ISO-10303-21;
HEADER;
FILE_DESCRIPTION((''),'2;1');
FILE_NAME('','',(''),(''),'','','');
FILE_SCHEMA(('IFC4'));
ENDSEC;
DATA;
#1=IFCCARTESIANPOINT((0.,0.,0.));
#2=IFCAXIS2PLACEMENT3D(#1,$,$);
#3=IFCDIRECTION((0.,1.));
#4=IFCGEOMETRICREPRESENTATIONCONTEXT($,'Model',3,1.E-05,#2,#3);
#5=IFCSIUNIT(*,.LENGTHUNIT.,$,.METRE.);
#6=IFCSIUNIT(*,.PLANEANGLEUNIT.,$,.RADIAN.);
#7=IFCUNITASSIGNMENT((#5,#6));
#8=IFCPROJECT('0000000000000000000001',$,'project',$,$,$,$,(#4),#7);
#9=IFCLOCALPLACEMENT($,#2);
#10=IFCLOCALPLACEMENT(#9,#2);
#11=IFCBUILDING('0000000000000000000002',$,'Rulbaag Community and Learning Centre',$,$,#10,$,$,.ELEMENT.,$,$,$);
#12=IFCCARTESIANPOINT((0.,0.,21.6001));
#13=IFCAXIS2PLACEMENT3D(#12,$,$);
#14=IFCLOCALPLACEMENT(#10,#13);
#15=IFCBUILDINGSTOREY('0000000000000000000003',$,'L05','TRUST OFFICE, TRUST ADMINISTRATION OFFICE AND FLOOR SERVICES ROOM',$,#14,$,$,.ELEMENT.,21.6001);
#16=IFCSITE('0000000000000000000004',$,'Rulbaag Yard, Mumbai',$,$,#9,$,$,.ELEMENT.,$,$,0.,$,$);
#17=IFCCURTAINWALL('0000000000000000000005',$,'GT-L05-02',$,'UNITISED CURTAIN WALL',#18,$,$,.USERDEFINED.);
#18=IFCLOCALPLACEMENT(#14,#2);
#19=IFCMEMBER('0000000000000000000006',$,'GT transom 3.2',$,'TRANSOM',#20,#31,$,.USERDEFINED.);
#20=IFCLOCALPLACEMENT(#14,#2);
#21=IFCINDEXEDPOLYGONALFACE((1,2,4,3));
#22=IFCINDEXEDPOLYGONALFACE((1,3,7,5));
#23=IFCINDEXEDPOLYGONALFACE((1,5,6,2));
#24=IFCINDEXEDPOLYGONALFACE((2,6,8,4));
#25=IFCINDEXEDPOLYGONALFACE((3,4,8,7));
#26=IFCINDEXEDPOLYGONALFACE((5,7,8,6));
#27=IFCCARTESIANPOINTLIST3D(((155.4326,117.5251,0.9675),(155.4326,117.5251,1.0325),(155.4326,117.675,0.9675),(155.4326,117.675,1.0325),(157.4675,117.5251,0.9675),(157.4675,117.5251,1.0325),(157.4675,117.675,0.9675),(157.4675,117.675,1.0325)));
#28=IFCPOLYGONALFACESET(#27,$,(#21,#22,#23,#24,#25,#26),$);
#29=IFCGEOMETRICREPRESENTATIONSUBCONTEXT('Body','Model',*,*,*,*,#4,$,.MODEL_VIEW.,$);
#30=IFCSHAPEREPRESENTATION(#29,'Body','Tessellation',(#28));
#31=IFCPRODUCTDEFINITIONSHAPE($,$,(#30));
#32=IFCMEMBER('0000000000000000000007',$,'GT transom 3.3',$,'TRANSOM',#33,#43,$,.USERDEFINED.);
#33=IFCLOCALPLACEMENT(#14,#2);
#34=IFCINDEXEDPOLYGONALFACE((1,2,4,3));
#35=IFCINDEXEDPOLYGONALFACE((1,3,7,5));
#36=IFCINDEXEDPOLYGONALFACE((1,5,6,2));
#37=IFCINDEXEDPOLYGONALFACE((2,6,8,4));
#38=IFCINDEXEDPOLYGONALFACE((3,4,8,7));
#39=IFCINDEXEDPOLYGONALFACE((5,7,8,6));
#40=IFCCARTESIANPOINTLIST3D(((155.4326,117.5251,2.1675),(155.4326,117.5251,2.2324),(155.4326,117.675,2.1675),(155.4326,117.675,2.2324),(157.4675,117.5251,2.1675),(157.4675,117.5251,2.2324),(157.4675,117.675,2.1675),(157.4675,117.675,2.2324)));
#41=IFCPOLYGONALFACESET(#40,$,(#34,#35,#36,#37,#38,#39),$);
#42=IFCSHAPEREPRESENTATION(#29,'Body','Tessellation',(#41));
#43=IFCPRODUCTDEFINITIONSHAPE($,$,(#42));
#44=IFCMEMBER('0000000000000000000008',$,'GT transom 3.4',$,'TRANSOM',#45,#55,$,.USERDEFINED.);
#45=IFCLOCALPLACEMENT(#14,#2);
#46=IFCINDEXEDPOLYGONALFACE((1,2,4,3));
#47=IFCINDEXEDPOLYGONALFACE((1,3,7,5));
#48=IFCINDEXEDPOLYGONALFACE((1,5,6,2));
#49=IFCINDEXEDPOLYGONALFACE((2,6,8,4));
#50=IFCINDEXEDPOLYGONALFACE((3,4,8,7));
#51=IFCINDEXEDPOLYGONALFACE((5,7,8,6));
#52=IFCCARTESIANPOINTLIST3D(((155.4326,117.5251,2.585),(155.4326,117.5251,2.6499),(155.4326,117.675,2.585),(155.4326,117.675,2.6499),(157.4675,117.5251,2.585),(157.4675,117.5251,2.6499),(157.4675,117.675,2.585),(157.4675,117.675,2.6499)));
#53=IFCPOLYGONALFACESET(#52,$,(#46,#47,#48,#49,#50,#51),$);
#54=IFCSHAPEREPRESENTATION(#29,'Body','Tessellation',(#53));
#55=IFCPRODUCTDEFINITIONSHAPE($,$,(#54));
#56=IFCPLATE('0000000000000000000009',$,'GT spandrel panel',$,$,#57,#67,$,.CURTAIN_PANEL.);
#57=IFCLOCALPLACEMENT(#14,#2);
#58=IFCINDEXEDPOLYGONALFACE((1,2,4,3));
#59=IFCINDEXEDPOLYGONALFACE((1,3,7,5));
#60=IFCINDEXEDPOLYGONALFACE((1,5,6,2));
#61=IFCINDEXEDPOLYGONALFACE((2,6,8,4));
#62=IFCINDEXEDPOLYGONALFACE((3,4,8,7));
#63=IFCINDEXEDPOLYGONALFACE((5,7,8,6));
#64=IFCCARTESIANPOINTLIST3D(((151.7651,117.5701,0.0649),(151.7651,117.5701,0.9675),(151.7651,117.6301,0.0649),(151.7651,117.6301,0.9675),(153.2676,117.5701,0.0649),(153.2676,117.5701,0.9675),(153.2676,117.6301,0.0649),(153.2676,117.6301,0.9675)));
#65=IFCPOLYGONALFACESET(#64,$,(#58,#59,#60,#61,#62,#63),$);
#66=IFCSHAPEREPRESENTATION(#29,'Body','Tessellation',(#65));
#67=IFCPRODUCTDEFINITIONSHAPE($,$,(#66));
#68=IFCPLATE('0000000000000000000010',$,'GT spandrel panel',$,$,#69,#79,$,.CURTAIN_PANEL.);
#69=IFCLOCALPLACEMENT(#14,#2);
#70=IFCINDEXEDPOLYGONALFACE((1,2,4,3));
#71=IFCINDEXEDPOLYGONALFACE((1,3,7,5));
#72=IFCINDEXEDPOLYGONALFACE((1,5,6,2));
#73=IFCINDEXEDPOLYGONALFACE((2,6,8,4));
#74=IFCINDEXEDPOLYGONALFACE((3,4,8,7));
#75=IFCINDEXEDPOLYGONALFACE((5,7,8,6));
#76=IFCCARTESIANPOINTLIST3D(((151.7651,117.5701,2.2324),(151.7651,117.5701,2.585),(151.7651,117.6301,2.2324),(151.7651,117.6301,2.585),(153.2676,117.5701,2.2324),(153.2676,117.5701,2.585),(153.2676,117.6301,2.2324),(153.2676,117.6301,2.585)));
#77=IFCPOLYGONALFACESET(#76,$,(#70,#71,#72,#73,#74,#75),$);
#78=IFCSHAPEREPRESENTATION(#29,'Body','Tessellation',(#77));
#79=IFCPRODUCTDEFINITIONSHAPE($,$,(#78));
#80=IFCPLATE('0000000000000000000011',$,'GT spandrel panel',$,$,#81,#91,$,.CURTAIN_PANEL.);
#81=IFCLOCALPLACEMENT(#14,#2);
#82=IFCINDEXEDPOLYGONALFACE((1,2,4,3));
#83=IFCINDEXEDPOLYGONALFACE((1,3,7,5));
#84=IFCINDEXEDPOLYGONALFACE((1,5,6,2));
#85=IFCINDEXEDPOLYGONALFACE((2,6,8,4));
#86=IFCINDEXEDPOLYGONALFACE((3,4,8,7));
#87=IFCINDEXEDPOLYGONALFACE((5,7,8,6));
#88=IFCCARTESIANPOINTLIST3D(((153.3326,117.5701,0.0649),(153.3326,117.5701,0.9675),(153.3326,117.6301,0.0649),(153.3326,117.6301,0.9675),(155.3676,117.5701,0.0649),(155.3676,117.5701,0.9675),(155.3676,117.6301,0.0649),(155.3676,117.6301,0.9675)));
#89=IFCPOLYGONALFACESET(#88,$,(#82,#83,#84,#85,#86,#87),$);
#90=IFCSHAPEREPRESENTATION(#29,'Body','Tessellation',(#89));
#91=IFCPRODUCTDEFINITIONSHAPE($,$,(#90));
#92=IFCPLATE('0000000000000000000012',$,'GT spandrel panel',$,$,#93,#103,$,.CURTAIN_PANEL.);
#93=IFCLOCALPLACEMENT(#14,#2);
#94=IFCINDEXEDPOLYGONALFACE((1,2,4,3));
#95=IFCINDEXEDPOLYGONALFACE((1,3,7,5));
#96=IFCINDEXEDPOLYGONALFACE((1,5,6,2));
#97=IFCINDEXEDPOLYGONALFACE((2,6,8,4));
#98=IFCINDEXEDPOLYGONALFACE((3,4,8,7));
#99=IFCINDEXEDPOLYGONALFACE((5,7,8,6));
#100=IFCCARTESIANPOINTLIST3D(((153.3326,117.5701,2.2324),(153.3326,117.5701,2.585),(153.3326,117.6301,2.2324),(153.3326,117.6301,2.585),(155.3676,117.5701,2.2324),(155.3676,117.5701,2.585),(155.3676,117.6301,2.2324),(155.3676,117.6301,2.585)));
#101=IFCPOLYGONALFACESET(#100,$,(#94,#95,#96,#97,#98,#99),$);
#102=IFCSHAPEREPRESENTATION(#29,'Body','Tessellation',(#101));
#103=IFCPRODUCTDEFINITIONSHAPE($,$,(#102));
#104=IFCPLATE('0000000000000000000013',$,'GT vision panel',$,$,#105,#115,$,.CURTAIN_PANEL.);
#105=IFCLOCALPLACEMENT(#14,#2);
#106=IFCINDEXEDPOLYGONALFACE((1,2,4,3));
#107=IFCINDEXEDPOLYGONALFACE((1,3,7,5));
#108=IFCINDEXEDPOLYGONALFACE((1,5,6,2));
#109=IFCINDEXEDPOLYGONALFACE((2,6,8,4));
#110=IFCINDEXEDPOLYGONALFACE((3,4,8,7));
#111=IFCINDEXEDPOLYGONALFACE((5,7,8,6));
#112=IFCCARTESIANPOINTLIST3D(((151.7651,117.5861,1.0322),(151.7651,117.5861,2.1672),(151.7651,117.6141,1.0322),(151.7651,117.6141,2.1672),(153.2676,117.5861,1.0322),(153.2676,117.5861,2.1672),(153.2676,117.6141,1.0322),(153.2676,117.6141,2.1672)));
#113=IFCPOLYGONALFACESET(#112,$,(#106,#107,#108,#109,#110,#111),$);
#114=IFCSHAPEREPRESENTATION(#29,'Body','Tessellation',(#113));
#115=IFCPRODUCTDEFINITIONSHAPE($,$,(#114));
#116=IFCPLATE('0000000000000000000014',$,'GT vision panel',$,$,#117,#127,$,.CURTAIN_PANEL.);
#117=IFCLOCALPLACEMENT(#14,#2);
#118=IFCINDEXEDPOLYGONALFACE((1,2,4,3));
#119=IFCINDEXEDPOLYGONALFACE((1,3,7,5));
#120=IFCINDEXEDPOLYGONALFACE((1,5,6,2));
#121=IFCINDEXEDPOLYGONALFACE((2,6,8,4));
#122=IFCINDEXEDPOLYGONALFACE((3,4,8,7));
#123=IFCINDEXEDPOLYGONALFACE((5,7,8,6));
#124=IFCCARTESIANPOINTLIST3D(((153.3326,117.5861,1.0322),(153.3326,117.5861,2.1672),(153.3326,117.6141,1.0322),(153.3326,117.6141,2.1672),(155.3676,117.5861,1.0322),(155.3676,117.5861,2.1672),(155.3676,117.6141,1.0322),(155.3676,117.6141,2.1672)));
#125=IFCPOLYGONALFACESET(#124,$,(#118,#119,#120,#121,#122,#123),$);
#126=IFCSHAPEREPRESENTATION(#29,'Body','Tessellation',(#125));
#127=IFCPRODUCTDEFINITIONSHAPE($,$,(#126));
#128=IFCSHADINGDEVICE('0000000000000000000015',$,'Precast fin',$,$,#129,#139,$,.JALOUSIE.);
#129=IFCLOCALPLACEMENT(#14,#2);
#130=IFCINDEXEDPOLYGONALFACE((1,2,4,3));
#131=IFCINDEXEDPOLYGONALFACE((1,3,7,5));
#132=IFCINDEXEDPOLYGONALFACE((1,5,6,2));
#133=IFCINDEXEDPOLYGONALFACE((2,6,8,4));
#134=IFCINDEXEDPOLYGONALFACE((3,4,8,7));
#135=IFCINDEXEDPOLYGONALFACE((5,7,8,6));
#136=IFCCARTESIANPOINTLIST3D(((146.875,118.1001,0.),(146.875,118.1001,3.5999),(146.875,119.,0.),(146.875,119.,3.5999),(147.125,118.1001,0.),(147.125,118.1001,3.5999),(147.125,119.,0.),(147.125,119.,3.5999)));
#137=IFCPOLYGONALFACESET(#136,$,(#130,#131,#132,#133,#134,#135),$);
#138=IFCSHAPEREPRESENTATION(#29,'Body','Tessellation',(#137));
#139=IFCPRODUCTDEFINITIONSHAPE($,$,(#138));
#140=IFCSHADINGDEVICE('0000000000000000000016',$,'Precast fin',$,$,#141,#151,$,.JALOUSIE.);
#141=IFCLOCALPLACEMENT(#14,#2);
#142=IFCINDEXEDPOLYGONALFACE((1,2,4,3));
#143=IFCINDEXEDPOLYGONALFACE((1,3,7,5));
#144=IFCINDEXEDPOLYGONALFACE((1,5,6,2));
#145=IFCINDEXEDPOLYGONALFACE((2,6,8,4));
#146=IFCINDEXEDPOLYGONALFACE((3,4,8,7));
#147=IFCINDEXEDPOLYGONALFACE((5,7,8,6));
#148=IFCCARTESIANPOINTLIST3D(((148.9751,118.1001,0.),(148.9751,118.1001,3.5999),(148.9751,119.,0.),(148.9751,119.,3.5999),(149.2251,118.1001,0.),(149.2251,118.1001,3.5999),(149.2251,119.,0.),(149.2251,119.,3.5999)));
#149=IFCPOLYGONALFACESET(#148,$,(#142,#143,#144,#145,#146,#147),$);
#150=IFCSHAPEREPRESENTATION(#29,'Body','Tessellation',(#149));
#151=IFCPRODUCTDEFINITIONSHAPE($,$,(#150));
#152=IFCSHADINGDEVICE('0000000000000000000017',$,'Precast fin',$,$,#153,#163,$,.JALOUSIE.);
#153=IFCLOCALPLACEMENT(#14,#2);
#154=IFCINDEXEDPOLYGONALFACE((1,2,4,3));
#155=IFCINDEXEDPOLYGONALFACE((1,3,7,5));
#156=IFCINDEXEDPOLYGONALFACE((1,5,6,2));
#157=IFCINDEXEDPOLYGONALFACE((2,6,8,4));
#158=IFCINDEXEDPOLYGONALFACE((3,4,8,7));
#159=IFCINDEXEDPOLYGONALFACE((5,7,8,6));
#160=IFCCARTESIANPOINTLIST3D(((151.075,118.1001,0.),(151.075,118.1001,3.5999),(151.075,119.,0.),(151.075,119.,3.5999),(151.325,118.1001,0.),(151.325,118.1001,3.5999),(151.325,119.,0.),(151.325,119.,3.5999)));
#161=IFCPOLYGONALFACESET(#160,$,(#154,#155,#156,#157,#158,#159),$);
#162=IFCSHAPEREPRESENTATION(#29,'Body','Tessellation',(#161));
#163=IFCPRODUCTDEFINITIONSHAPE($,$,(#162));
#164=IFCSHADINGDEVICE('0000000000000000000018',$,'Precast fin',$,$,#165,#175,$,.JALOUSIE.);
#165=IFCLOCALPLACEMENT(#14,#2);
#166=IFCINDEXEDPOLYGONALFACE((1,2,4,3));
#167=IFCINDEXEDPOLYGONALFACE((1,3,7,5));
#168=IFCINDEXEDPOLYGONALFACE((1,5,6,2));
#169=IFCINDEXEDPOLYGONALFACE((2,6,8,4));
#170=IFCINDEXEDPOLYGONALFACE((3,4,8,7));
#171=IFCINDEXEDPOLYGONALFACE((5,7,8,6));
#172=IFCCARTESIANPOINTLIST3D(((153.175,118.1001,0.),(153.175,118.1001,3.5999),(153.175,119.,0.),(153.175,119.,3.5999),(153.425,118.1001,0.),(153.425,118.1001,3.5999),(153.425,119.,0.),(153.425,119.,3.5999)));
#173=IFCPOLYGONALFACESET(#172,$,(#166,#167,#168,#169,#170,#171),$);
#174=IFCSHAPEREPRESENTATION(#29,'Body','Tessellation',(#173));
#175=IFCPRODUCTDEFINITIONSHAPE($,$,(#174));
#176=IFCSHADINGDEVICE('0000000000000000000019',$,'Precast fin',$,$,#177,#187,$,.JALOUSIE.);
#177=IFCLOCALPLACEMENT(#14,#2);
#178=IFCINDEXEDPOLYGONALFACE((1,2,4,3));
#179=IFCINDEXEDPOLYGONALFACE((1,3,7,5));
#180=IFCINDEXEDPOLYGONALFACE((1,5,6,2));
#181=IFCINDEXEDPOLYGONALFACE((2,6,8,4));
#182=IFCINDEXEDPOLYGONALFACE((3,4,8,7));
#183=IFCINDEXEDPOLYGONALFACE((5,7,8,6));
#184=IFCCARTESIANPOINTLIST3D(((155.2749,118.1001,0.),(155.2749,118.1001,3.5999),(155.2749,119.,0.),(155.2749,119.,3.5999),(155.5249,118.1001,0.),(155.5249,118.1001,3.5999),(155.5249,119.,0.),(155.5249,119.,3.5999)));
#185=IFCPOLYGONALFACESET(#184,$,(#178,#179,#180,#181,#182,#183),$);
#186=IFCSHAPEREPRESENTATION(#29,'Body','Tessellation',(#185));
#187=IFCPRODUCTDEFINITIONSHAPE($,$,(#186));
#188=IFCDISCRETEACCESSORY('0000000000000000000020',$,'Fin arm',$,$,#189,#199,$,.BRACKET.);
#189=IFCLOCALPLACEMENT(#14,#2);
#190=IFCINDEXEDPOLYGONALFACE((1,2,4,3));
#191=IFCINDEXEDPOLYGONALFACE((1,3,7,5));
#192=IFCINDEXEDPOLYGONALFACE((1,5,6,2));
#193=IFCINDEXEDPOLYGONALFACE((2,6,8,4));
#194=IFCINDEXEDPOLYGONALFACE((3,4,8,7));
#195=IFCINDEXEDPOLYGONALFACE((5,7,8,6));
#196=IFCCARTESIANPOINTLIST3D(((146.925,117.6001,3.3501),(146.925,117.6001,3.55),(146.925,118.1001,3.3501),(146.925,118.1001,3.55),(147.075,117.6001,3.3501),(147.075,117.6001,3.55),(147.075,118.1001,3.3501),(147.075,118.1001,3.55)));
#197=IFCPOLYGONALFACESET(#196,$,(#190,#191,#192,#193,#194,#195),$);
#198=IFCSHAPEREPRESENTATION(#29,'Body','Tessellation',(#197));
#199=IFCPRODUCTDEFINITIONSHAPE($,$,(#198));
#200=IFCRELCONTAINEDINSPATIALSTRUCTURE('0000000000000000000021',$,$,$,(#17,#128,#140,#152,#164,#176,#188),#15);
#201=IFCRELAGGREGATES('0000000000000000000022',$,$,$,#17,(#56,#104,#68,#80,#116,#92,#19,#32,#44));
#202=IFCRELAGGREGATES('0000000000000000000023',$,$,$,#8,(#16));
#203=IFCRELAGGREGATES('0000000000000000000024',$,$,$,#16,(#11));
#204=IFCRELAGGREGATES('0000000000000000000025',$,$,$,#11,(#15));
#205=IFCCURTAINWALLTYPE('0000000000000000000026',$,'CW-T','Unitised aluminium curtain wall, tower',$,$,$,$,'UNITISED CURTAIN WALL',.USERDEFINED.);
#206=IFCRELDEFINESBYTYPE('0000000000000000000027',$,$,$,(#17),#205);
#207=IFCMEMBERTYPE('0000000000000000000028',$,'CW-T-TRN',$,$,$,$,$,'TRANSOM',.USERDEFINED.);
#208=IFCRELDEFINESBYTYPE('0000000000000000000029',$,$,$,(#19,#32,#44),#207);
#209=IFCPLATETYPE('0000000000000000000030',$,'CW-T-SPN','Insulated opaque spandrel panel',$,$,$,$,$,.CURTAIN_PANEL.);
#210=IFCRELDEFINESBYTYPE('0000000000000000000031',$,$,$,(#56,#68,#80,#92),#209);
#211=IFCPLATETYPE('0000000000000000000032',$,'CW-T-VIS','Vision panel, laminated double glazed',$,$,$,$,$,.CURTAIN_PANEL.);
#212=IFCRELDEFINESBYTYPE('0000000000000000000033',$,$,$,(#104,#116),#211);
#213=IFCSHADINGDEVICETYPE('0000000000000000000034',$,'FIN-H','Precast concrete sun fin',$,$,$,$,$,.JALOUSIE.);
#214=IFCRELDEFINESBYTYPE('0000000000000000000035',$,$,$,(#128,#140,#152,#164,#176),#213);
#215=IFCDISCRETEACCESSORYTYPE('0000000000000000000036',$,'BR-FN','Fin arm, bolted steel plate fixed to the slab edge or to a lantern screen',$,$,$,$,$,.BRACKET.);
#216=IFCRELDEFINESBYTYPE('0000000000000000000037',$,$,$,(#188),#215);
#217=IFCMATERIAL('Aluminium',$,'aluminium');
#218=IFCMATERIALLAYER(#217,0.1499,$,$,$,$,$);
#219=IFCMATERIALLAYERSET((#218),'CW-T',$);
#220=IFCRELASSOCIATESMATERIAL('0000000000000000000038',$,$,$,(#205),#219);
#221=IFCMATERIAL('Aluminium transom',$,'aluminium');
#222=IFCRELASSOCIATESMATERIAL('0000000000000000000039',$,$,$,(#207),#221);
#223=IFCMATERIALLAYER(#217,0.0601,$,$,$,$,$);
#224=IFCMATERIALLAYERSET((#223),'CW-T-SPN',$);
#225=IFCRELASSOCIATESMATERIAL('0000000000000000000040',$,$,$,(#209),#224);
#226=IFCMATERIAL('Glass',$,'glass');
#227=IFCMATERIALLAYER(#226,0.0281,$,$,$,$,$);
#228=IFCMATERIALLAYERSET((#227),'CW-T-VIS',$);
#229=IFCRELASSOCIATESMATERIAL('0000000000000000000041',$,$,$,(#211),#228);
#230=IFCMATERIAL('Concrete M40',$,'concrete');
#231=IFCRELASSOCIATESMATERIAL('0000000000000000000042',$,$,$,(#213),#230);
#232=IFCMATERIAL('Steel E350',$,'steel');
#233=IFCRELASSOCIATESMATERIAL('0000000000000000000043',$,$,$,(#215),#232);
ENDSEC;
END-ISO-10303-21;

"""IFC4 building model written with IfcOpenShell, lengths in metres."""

from ifc_helpers import new_model, si_unit, direction, frame, origin, origin_2d, place, context, subcontext, project, spatial, rectangle, extrude, material, layer, layer_set, material_profile, profile_set, type_object, element, aggregate, save


model = new_model("IFC4")

# Units and contexts
model_context = context("Model", 3, precision=1e-05, world=origin(), true_north=direction((0.0, 1.0)))
body_context = subcontext(model_context, "Body", "Model", "MODEL_VIEW")
ifc_project = project(units=[si_unit("LENGTHUNIT", "METRE"), si_unit("PLANEANGLEUNIT", "RADIAN")], contexts=[model_context])

# Site, building, storey
site_placement = place(None, origin())
site = spatial("IfcSite", under=ifc_project, at=site_placement, Name="Rulbaag Yard, Mumbai", CompositionType="ELEMENT", RefElevation=0.0)
building_placement = place(site_placement, origin())
building = spatial("IfcBuilding", under=site, at=building_placement, Name="Rulbaag Community and Learning Centre", CompositionType="ELEMENT")
storey_placement = place(building_placement, frame((0.0, 0.0, 21.6001)))
storey = spatial("IfcBuildingStorey", under=building, at=storey_placement, Name="L05", Description="TRUST OFFICE, TRUST ADMINISTRATION OFFICE AND FLOOR SERVICES ROOM", CompositionType="ELEMENT", Elevation=21.6001)

# Shared definitions
ifc_material_1 = material(Name="Concrete M40", Category="concrete")

# Curtain wall, members, plates
ifc_material_2 = material(Name="Aluminium", Category="aluminium")
ifc_layer_1 = layer(ifc_material_2, 0.1499)
ifc_layer_set_1 = layer_set([ifc_layer_1], Name="CW-T")
curtain_wall_type = type_object("IfcCurtainWallType", Name="CW-T", Description="Unitised aluminium curtain wall, tower", ElementType="UNITISED CURTAIN WALL", PredefinedType="USERDEFINED", material=ifc_layer_set_1)
curtain_wall_placement = place(storey_placement, origin())
curtain_wall = element("IfcCurtainWall", 1, at=curtain_wall_placement, inside=storey, type_object=curtain_wall_type, Name="GT-L05-02", ObjectType="UNITISED CURTAIN WALL", PredefinedType="USERDEFINED")
ifc_material_3 = material(Name="Aluminium transom", Category="aluminium")
ifc_material_profile_1 = material_profile(ifc_material_3, rectangle(XDim=0.1499, YDim=0.0649, at=origin_2d()), Name="AL 65x150 T")
ifc_profile_set_1 = profile_set([ifc_material_profile_1], Name="Aluminium transom")
member_type_1 = type_object("IfcMemberType", Name="CW-T-TRN", ElementType="TRANSOM", PredefinedType="USERDEFINED", material=ifc_profile_set_1)
member_1_placement = place(storey_placement, frame((155.4326, 117.6001, 1.0), z_axis=(1.0, 0.0, 0.0), x_axis=(0.0, 1.0, 0.0)))
member_1 = element("IfcMember", 2, at=member_1_placement, type_object=member_type_1, Name="GT transom 3.2", ObjectType="TRANSOM", PredefinedType="USERDEFINED", context=body_context, shape_type="SweptSolid", body=[
    extrude(rectangle(XDim=0.1499, YDim=0.0649, at=origin_2d()), origin(), (0.0, 0.0, 1.0), 2.0349),
])
member_2_placement = place(storey_placement, frame((155.4326, 117.6001, 2.2), z_axis=(1.0, 0.0, 0.0), x_axis=(0.0, 1.0, 0.0)))
member_2 = element("IfcMember", 3, at=member_2_placement, type_object=member_type_1, Name="GT transom 3.3", ObjectType="TRANSOM", PredefinedType="USERDEFINED", context=body_context, shape_type="SweptSolid", body=[
    extrude(rectangle(XDim=0.1499, YDim=0.0649, at=origin_2d()), origin(), (0.0, 0.0, 1.0), 2.0349),
])
member_3_placement = place(storey_placement, frame((155.4326, 117.6001, 2.6174), z_axis=(1.0, 0.0, 0.0), x_axis=(0.0, 1.0, 0.0)))
member_3 = element("IfcMember", 4, at=member_3_placement, type_object=member_type_1, Name="GT transom 3.4", ObjectType="TRANSOM", PredefinedType="USERDEFINED", context=body_context, shape_type="SweptSolid", body=[
    extrude(rectangle(XDim=0.1499, YDim=0.0649, at=origin_2d()), origin(), (0.0, 0.0, 1.0), 2.0349),
])
ifc_layer_2 = layer(ifc_material_2, 0.0601)
ifc_layer_set_2 = layer_set([ifc_layer_2], Name="CW-T-SPN")
plate_type_1 = type_object("IfcPlateType", Name="CW-T-SPN", Description="Insulated opaque spandrel panel", PredefinedType="CURTAIN_PANEL", material=ifc_layer_set_2)
plate_1_placement = place(storey_placement, frame((152.5164, 117.6001, 0.0649), z_axis=(0.0, 0.0, 1.0), x_axis=(1.0, 0.0, 0.0)))
plate_1 = element("IfcPlate", 5, at=plate_1_placement, type_object=plate_type_1, Name="GT spandrel panel", PredefinedType="CURTAIN_PANEL", context=body_context, shape_type="SweptSolid", body=[
    extrude(rectangle(XDim=1.5024, YDim=0.0601, at=origin_2d()), origin(), (0.0, 0.0, 1.0), 0.9026),
])
plate_2_placement = place(storey_placement, frame((152.5164, 117.6001, 2.2324), z_axis=(0.0, 0.0, 1.0), x_axis=(1.0, 0.0, 0.0)))
plate_2 = element("IfcPlate", 6, at=plate_2_placement, type_object=plate_type_1, Name="GT spandrel panel", PredefinedType="CURTAIN_PANEL", context=body_context, shape_type="SweptSolid", body=[
    extrude(rectangle(XDim=1.5024, YDim=0.0601, at=origin_2d()), origin(), (0.0, 0.0, 1.0), 0.3525),
])
plate_3_placement = place(storey_placement, frame((154.3501, 117.6001, 0.0649), z_axis=(0.0, 0.0, 1.0), x_axis=(1.0, 0.0, 0.0)))
plate_3 = element("IfcPlate", 7, at=plate_3_placement, type_object=plate_type_1, Name="GT spandrel panel", PredefinedType="CURTAIN_PANEL", context=body_context, shape_type="SweptSolid", body=[
    extrude(rectangle(XDim=2.0349, YDim=0.0601, at=origin_2d()), origin(), (0.0, 0.0, 1.0), 0.9026),
])
plate_4_placement = place(storey_placement, frame((154.3501, 117.6001, 2.2324), z_axis=(0.0, 0.0, 1.0), x_axis=(1.0, 0.0, 0.0)))
plate_4 = element("IfcPlate", 8, at=plate_4_placement, type_object=plate_type_1, Name="GT spandrel panel", PredefinedType="CURTAIN_PANEL", context=body_context, shape_type="SweptSolid", body=[
    extrude(rectangle(XDim=2.0349, YDim=0.0601, at=origin_2d()), origin(), (0.0, 0.0, 1.0), 0.3525),
])
ifc_material_4 = material(Name="Glass", Category="glass")
ifc_layer_3 = layer(ifc_material_4, 0.0281)
ifc_layer_set_3 = layer_set([ifc_layer_3], Name="CW-T-VIS")
plate_type_2 = type_object("IfcPlateType", Name="CW-T-VIS", Description="Vision panel, laminated double glazed", PredefinedType="CURTAIN_PANEL", material=ifc_layer_set_3)
plate_5_placement = place(storey_placement, frame((152.5164, 117.6001, 1.0322), z_axis=(0.0, 0.0, 1.0), x_axis=(1.0, 0.0, 0.0)))
plate_5 = element("IfcPlate", 9, at=plate_5_placement, type_object=plate_type_2, Name="GT vision panel", PredefinedType="CURTAIN_PANEL", context=body_context, shape_type="SweptSolid", body=[
    extrude(rectangle(XDim=1.5024, YDim=0.0281, at=origin_2d()), origin(), (0.0, 0.0, 1.0), 1.135),
])
plate_6_placement = place(storey_placement, frame((154.3501, 117.6001, 1.0322), z_axis=(0.0, 0.0, 1.0), x_axis=(1.0, 0.0, 0.0)))
plate_6 = element("IfcPlate", 10, at=plate_6_placement, type_object=plate_type_2, Name="GT vision panel", PredefinedType="CURTAIN_PANEL", context=body_context, shape_type="SweptSolid", body=[
    extrude(rectangle(XDim=2.0349, YDim=0.0281, at=origin_2d()), origin(), (0.0, 0.0, 1.0), 1.135),
])
aggregate(curtain_wall, [plate_1, plate_5, plate_2, plate_3, plate_6, plate_4, member_1, member_2, member_3])

# Shading devices
ifc_material_profile_2 = material_profile(ifc_material_1, rectangle(XDim=0.25, YDim=0.8999, at=origin_2d()), Name="PC 250x900")
ifc_profile_set_2 = profile_set([ifc_material_profile_2], Name="Concrete M40")
shading_device_type = type_object("IfcShadingDeviceType", Name="FIN-H", Description="Precast concrete sun fin", PredefinedType="JALOUSIE", material=ifc_profile_set_2)
for number, where, z_axis, x_axis, name in (
    (11, (147.0, 118.55, 0.0), (0.0, 0.0, 1.0), (1.0, 0.0, 0.0), "Precast fin"),
    (12, (149.1001, 118.55, 0.0), (0.0, 0.0, 1.0), (1.0, 0.0, 0.0), "Precast fin"),
    (13, (151.2, 118.55, 0.0), (0.0, 0.0, 1.0), (1.0, 0.0, 0.0), "Precast fin"),
    (14, (153.3, 118.55, 0.0), (0.0, 0.0, 1.0), (1.0, 0.0, 0.0), "Precast fin"),
    (15, (155.3999, 118.55, 0.0), (0.0, 0.0, 1.0), (1.0, 0.0, 0.0), "Precast fin"),
):
    element("IfcShadingDevice", number, at=place(storey_placement, frame(where, z_axis=z_axis, x_axis=x_axis)), inside=storey, type_object=shading_device_type, Name=name, PredefinedType="JALOUSIE", context=body_context, shape_type="SweptSolid", body=[
        extrude(rectangle(XDim=0.25, YDim=0.8999, at=origin_2d()), origin(), (0.0, 0.0, 1.0), 3.5999),
    ])

# Discrete accessory
ifc_material_5 = material(Name="Steel E350", Category="steel")
discrete_accessory_type = type_object("IfcDiscreteAccessoryType", Name="BR-FN", Description="Fin arm, bolted steel plate fixed to the slab edge or to a lantern screen", PredefinedType="BRACKET", material=ifc_material_5)
for number, where, z_axis, x_axis, name in (
    (16, (147.0, 117.8501, 3.3501), (0.0, 0.0, 1.0), (1.0, 0.0, 0.0), "Fin arm"),
):
    element("IfcDiscreteAccessory", number, at=place(storey_placement, frame(where, z_axis=z_axis, x_axis=x_axis)), inside=storey, type_object=discrete_accessory_type, Name=name, PredefinedType="BRACKET", context=body_context, shape_type="SweptSolid", body=[
        extrude(rectangle(XDim=0.1499, YDim=0.5, at=origin_2d()), origin(), (0.0, 0.0, 1.0), 0.2),
    ])

save(model, "model.ifc")
